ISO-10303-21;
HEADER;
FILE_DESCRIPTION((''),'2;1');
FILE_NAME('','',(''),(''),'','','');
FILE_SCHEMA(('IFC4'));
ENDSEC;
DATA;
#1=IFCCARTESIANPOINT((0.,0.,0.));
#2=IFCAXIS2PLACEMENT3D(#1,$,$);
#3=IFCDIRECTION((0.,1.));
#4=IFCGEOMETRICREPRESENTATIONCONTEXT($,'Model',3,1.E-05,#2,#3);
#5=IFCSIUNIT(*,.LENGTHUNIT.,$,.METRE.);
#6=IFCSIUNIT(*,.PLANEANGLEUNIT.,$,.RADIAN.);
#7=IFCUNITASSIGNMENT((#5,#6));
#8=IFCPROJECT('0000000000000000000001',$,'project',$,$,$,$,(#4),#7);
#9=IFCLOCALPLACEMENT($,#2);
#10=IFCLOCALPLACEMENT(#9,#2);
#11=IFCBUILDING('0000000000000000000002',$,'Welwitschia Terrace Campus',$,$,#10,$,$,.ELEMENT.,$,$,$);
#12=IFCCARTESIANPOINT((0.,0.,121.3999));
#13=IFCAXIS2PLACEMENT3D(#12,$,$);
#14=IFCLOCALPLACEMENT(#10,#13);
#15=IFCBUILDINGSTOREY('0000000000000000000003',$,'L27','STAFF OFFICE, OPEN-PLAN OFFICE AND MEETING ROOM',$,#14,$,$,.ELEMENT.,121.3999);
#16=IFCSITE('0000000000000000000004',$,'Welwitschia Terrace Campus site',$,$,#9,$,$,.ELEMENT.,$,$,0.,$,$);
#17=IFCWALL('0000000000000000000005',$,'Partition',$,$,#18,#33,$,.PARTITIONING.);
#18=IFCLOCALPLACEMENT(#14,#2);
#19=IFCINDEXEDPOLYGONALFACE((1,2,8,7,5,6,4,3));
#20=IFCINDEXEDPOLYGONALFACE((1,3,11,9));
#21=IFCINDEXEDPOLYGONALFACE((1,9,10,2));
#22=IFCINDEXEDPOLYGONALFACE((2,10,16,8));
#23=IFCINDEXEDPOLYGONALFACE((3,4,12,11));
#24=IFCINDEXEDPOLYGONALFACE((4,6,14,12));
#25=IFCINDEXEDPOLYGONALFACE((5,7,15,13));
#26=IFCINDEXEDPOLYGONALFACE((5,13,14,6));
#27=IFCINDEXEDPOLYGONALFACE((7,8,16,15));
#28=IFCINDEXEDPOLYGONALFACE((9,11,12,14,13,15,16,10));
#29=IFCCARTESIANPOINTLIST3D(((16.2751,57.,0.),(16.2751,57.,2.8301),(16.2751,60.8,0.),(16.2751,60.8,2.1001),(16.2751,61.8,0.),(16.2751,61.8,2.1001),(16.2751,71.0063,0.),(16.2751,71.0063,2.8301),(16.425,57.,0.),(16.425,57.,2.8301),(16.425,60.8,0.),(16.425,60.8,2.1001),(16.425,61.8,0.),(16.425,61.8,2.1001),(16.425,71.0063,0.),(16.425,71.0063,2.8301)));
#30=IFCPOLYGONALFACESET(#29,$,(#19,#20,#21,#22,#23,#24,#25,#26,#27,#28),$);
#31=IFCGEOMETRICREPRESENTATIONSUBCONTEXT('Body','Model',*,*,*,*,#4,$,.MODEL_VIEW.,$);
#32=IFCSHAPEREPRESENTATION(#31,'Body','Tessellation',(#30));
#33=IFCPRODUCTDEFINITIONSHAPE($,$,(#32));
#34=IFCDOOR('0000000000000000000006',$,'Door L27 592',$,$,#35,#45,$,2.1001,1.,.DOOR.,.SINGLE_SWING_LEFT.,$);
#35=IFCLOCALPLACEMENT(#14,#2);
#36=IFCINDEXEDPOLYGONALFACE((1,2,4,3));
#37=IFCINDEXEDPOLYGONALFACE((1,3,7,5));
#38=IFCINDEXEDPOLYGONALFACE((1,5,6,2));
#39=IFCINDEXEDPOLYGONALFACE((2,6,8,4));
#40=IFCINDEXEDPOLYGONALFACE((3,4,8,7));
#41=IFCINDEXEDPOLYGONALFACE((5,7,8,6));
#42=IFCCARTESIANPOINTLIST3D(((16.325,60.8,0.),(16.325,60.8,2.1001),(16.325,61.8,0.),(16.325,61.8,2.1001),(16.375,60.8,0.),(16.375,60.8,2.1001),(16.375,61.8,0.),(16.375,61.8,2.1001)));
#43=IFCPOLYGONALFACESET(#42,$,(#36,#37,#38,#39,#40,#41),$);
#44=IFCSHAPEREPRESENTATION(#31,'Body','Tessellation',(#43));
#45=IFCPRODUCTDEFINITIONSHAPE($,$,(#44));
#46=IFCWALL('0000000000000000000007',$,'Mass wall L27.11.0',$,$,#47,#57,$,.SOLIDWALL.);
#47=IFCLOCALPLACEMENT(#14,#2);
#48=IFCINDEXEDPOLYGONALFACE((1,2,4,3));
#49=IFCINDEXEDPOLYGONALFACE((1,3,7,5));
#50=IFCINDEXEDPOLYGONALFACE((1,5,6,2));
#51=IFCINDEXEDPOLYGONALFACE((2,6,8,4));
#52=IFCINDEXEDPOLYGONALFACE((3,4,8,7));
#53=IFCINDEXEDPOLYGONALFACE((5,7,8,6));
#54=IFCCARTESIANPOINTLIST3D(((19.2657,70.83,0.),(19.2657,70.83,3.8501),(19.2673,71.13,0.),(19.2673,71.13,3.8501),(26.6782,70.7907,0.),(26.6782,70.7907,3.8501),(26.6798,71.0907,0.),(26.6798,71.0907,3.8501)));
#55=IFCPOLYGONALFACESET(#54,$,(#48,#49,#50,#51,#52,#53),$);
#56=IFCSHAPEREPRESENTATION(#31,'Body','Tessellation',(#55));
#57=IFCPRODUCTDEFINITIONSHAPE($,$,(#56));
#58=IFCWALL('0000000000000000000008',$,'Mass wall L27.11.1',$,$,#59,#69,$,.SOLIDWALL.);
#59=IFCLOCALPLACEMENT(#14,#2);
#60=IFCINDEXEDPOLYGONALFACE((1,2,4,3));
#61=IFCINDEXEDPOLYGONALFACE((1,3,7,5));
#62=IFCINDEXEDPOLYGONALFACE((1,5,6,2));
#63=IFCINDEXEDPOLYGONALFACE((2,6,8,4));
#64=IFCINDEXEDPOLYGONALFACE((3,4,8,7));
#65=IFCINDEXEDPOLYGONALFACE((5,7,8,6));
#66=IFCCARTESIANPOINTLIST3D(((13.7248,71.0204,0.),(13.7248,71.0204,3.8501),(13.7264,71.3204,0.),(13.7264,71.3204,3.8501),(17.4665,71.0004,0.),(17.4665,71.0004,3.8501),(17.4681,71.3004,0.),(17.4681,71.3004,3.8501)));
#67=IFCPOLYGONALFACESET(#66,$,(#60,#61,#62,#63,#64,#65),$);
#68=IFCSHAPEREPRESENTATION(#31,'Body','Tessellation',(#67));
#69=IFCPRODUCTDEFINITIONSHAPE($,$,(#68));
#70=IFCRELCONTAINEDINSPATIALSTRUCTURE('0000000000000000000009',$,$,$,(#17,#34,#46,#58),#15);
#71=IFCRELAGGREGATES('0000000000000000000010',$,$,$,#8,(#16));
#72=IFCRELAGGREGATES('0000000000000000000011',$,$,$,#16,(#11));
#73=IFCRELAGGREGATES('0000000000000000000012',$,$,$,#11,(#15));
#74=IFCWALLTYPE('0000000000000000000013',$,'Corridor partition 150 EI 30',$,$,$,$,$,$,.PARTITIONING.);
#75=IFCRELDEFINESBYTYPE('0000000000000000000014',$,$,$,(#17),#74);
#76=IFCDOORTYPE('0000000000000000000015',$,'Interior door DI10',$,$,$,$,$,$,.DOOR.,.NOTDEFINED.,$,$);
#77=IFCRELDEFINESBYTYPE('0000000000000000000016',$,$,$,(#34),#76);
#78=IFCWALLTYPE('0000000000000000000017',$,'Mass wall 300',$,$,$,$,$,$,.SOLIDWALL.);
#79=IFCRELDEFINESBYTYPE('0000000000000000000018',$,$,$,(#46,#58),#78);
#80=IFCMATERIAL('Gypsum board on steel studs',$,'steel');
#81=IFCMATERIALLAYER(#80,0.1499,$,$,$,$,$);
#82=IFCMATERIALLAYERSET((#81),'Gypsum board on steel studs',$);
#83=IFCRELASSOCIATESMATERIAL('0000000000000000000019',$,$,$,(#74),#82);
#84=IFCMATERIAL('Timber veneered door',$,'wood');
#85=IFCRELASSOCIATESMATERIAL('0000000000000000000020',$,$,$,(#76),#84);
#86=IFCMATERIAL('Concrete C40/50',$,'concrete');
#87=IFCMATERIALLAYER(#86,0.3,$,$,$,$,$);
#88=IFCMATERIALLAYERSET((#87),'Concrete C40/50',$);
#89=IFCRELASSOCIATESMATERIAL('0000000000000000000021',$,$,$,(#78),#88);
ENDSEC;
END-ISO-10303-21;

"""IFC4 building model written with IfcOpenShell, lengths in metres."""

from ifc_helpers import new_model, si_unit, direction, frame, frame_2d, origin, place, context, subcontext, project, spatial, rectangle, extrude, material, layer, layer_set, type_object, element, fill, save


model = new_model("IFC4")

# Units and contexts
model_context = context("Model", 3, precision=1e-05, world=origin(), true_north=direction((0.0, 1.0)))
body_context = subcontext(model_context, "Body", "Model", "MODEL_VIEW")
ifc_project = project(units=[si_unit("LENGTHUNIT", "METRE"), si_unit("PLANEANGLEUNIT", "RADIAN")], contexts=[model_context])

# Site, building, storey
site_placement = place(None, origin())
site = spatial("IfcSite", under=ifc_project, at=site_placement, Name="Welwitschia Terrace Campus site", CompositionType="ELEMENT", RefElevation=0.0)
building_placement = place(site_placement, origin())
building = spatial("IfcBuilding", under=site, at=building_placement, Name="Welwitschia Terrace Campus", CompositionType="ELEMENT")
storey_placement = place(building_placement, frame((0.0, 0.0, 121.3999)))
storey = spatial("IfcBuildingStorey", under=building, at=storey_placement, Name="L27", Description="STAFF OFFICE, OPEN-PLAN OFFICE AND MEETING ROOM", CompositionType="ELEMENT", Elevation=121.3999)

# Wall, opening, door
ifc_material_1 = material(Name="Gypsum board on steel studs", Category="steel")
ifc_layer_1 = layer(ifc_material_1, 0.1499)
ifc_layer_set_1 = layer_set([ifc_layer_1], Name="Gypsum board on steel studs")
wall_type_1 = type_object("IfcWallType", Name="Corridor partition 150 EI 30", PredefinedType="PARTITIONING", material=ifc_layer_set_1)
wall_1_placement = place(storey_placement, frame((16.3501, 71.0063, 0.0), z_axis=(0.0, 0.0, 1.0), x_axis=(0.0, -1.0, 0.0)))
wall_1 = element("IfcWall", 1, at=wall_1_placement, inside=storey, type_object=wall_type_1, Name="Partition", PredefinedType="PARTITIONING", context=body_context, shape_type="SweptSolid", body=[
    extrude(rectangle(XDim=14.0063, YDim=0.1499, at=frame_2d((7.0032, 0.0))), origin(), (0.0, 0.0, 1.0), 2.8301),
])
opening_placement = place(wall_1_placement, frame((9.2063, 0.0, 0.0)))
opening = element("IfcOpeningElement", 2, at=opening_placement, cuts=wall_1, PredefinedType="OPENING", context=body_context, shape_type="SweptSolid", body=[
    extrude(rectangle(XDim=1.0, YDim=2.1001, at=frame_2d((0.5, 1.05))), frame((0.0, 0.085, 0.0), z_axis=(0.0, -1.0, 0.0), x_axis=(1.0, 0.0, 0.0)), (0.0, 0.0, 1.0), 0.1699),
])
ifc_material_2 = material(Name="Timber veneered door", Category="wood")
door_type = type_object("IfcDoorType", Name="Interior door DI10", OperationType="NOTDEFINED", PredefinedType="DOOR", material=ifc_material_2)
door_placement = place(opening_placement, origin())
door = element("IfcDoor", 3, at=door_placement, inside=storey, type_object=door_type, Name="Door L27 592", OperationType="SINGLE_SWING_LEFT", OverallHeight=2.1001, OverallWidth=1.0, PredefinedType="DOOR", context=body_context, shape_type="SweptSolid", body=[
    extrude(rectangle(XDim=1.0, YDim=2.1001, at=frame_2d((0.5, 1.05))), frame((0.0, 0.0249, 0.0), z_axis=(0.0, -1.0, 0.0), x_axis=(1.0, 0.0, 0.0)), (0.0, 0.0, 1.0), 0.05),
])
fill(opening, door)

# Walls
ifc_material_3 = material(Name="Concrete C40/50", Category="concrete")
ifc_layer_2 = layer(ifc_material_3, 0.3)
ifc_layer_set_2 = layer_set([ifc_layer_2], Name="Concrete C40/50")
wall_type_2 = type_object("IfcWallType", Name="Mass wall 300", PredefinedType="SOLIDWALL", material=ifc_layer_set_2)
wall_2_placement = place(storey_placement, frame((26.679, 70.9407, 0.0), z_axis=(0.0, 0.0, 1.0), x_axis=(-0.999986, 0.005303, 0.0)))
element("IfcWall", 4, at=wall_2_placement, inside=storey, type_object=wall_type_2, Name="Mass wall L27.11.0", PredefinedType="SOLIDWALL", context=body_context, shape_type="SweptSolid", body=[
    extrude(rectangle(XDim=7.4126, YDim=0.3, at=frame_2d((3.7063, 0.0))), origin(), (0.0, 0.0, 1.0), 3.8501),
])
wall_3_placement = place(storey_placement, frame((17.4673, 71.1504, 0.0), z_axis=(0.0, 0.0, 1.0), x_axis=(-0.999986, 0.00535, 0.0)))
element("IfcWall", 5, at=wall_3_placement, inside=storey, type_object=wall_type_2, Name="Mass wall L27.11.1", PredefinedType="SOLIDWALL", context=body_context, shape_type="SweptSolid", body=[
    extrude(rectangle(XDim=3.7417, YDim=0.3, at=frame_2d((1.8708, 0.0))), origin(), (0.0, 0.0, 1.0), 3.8501),
])

save(model, "model.ifc")
